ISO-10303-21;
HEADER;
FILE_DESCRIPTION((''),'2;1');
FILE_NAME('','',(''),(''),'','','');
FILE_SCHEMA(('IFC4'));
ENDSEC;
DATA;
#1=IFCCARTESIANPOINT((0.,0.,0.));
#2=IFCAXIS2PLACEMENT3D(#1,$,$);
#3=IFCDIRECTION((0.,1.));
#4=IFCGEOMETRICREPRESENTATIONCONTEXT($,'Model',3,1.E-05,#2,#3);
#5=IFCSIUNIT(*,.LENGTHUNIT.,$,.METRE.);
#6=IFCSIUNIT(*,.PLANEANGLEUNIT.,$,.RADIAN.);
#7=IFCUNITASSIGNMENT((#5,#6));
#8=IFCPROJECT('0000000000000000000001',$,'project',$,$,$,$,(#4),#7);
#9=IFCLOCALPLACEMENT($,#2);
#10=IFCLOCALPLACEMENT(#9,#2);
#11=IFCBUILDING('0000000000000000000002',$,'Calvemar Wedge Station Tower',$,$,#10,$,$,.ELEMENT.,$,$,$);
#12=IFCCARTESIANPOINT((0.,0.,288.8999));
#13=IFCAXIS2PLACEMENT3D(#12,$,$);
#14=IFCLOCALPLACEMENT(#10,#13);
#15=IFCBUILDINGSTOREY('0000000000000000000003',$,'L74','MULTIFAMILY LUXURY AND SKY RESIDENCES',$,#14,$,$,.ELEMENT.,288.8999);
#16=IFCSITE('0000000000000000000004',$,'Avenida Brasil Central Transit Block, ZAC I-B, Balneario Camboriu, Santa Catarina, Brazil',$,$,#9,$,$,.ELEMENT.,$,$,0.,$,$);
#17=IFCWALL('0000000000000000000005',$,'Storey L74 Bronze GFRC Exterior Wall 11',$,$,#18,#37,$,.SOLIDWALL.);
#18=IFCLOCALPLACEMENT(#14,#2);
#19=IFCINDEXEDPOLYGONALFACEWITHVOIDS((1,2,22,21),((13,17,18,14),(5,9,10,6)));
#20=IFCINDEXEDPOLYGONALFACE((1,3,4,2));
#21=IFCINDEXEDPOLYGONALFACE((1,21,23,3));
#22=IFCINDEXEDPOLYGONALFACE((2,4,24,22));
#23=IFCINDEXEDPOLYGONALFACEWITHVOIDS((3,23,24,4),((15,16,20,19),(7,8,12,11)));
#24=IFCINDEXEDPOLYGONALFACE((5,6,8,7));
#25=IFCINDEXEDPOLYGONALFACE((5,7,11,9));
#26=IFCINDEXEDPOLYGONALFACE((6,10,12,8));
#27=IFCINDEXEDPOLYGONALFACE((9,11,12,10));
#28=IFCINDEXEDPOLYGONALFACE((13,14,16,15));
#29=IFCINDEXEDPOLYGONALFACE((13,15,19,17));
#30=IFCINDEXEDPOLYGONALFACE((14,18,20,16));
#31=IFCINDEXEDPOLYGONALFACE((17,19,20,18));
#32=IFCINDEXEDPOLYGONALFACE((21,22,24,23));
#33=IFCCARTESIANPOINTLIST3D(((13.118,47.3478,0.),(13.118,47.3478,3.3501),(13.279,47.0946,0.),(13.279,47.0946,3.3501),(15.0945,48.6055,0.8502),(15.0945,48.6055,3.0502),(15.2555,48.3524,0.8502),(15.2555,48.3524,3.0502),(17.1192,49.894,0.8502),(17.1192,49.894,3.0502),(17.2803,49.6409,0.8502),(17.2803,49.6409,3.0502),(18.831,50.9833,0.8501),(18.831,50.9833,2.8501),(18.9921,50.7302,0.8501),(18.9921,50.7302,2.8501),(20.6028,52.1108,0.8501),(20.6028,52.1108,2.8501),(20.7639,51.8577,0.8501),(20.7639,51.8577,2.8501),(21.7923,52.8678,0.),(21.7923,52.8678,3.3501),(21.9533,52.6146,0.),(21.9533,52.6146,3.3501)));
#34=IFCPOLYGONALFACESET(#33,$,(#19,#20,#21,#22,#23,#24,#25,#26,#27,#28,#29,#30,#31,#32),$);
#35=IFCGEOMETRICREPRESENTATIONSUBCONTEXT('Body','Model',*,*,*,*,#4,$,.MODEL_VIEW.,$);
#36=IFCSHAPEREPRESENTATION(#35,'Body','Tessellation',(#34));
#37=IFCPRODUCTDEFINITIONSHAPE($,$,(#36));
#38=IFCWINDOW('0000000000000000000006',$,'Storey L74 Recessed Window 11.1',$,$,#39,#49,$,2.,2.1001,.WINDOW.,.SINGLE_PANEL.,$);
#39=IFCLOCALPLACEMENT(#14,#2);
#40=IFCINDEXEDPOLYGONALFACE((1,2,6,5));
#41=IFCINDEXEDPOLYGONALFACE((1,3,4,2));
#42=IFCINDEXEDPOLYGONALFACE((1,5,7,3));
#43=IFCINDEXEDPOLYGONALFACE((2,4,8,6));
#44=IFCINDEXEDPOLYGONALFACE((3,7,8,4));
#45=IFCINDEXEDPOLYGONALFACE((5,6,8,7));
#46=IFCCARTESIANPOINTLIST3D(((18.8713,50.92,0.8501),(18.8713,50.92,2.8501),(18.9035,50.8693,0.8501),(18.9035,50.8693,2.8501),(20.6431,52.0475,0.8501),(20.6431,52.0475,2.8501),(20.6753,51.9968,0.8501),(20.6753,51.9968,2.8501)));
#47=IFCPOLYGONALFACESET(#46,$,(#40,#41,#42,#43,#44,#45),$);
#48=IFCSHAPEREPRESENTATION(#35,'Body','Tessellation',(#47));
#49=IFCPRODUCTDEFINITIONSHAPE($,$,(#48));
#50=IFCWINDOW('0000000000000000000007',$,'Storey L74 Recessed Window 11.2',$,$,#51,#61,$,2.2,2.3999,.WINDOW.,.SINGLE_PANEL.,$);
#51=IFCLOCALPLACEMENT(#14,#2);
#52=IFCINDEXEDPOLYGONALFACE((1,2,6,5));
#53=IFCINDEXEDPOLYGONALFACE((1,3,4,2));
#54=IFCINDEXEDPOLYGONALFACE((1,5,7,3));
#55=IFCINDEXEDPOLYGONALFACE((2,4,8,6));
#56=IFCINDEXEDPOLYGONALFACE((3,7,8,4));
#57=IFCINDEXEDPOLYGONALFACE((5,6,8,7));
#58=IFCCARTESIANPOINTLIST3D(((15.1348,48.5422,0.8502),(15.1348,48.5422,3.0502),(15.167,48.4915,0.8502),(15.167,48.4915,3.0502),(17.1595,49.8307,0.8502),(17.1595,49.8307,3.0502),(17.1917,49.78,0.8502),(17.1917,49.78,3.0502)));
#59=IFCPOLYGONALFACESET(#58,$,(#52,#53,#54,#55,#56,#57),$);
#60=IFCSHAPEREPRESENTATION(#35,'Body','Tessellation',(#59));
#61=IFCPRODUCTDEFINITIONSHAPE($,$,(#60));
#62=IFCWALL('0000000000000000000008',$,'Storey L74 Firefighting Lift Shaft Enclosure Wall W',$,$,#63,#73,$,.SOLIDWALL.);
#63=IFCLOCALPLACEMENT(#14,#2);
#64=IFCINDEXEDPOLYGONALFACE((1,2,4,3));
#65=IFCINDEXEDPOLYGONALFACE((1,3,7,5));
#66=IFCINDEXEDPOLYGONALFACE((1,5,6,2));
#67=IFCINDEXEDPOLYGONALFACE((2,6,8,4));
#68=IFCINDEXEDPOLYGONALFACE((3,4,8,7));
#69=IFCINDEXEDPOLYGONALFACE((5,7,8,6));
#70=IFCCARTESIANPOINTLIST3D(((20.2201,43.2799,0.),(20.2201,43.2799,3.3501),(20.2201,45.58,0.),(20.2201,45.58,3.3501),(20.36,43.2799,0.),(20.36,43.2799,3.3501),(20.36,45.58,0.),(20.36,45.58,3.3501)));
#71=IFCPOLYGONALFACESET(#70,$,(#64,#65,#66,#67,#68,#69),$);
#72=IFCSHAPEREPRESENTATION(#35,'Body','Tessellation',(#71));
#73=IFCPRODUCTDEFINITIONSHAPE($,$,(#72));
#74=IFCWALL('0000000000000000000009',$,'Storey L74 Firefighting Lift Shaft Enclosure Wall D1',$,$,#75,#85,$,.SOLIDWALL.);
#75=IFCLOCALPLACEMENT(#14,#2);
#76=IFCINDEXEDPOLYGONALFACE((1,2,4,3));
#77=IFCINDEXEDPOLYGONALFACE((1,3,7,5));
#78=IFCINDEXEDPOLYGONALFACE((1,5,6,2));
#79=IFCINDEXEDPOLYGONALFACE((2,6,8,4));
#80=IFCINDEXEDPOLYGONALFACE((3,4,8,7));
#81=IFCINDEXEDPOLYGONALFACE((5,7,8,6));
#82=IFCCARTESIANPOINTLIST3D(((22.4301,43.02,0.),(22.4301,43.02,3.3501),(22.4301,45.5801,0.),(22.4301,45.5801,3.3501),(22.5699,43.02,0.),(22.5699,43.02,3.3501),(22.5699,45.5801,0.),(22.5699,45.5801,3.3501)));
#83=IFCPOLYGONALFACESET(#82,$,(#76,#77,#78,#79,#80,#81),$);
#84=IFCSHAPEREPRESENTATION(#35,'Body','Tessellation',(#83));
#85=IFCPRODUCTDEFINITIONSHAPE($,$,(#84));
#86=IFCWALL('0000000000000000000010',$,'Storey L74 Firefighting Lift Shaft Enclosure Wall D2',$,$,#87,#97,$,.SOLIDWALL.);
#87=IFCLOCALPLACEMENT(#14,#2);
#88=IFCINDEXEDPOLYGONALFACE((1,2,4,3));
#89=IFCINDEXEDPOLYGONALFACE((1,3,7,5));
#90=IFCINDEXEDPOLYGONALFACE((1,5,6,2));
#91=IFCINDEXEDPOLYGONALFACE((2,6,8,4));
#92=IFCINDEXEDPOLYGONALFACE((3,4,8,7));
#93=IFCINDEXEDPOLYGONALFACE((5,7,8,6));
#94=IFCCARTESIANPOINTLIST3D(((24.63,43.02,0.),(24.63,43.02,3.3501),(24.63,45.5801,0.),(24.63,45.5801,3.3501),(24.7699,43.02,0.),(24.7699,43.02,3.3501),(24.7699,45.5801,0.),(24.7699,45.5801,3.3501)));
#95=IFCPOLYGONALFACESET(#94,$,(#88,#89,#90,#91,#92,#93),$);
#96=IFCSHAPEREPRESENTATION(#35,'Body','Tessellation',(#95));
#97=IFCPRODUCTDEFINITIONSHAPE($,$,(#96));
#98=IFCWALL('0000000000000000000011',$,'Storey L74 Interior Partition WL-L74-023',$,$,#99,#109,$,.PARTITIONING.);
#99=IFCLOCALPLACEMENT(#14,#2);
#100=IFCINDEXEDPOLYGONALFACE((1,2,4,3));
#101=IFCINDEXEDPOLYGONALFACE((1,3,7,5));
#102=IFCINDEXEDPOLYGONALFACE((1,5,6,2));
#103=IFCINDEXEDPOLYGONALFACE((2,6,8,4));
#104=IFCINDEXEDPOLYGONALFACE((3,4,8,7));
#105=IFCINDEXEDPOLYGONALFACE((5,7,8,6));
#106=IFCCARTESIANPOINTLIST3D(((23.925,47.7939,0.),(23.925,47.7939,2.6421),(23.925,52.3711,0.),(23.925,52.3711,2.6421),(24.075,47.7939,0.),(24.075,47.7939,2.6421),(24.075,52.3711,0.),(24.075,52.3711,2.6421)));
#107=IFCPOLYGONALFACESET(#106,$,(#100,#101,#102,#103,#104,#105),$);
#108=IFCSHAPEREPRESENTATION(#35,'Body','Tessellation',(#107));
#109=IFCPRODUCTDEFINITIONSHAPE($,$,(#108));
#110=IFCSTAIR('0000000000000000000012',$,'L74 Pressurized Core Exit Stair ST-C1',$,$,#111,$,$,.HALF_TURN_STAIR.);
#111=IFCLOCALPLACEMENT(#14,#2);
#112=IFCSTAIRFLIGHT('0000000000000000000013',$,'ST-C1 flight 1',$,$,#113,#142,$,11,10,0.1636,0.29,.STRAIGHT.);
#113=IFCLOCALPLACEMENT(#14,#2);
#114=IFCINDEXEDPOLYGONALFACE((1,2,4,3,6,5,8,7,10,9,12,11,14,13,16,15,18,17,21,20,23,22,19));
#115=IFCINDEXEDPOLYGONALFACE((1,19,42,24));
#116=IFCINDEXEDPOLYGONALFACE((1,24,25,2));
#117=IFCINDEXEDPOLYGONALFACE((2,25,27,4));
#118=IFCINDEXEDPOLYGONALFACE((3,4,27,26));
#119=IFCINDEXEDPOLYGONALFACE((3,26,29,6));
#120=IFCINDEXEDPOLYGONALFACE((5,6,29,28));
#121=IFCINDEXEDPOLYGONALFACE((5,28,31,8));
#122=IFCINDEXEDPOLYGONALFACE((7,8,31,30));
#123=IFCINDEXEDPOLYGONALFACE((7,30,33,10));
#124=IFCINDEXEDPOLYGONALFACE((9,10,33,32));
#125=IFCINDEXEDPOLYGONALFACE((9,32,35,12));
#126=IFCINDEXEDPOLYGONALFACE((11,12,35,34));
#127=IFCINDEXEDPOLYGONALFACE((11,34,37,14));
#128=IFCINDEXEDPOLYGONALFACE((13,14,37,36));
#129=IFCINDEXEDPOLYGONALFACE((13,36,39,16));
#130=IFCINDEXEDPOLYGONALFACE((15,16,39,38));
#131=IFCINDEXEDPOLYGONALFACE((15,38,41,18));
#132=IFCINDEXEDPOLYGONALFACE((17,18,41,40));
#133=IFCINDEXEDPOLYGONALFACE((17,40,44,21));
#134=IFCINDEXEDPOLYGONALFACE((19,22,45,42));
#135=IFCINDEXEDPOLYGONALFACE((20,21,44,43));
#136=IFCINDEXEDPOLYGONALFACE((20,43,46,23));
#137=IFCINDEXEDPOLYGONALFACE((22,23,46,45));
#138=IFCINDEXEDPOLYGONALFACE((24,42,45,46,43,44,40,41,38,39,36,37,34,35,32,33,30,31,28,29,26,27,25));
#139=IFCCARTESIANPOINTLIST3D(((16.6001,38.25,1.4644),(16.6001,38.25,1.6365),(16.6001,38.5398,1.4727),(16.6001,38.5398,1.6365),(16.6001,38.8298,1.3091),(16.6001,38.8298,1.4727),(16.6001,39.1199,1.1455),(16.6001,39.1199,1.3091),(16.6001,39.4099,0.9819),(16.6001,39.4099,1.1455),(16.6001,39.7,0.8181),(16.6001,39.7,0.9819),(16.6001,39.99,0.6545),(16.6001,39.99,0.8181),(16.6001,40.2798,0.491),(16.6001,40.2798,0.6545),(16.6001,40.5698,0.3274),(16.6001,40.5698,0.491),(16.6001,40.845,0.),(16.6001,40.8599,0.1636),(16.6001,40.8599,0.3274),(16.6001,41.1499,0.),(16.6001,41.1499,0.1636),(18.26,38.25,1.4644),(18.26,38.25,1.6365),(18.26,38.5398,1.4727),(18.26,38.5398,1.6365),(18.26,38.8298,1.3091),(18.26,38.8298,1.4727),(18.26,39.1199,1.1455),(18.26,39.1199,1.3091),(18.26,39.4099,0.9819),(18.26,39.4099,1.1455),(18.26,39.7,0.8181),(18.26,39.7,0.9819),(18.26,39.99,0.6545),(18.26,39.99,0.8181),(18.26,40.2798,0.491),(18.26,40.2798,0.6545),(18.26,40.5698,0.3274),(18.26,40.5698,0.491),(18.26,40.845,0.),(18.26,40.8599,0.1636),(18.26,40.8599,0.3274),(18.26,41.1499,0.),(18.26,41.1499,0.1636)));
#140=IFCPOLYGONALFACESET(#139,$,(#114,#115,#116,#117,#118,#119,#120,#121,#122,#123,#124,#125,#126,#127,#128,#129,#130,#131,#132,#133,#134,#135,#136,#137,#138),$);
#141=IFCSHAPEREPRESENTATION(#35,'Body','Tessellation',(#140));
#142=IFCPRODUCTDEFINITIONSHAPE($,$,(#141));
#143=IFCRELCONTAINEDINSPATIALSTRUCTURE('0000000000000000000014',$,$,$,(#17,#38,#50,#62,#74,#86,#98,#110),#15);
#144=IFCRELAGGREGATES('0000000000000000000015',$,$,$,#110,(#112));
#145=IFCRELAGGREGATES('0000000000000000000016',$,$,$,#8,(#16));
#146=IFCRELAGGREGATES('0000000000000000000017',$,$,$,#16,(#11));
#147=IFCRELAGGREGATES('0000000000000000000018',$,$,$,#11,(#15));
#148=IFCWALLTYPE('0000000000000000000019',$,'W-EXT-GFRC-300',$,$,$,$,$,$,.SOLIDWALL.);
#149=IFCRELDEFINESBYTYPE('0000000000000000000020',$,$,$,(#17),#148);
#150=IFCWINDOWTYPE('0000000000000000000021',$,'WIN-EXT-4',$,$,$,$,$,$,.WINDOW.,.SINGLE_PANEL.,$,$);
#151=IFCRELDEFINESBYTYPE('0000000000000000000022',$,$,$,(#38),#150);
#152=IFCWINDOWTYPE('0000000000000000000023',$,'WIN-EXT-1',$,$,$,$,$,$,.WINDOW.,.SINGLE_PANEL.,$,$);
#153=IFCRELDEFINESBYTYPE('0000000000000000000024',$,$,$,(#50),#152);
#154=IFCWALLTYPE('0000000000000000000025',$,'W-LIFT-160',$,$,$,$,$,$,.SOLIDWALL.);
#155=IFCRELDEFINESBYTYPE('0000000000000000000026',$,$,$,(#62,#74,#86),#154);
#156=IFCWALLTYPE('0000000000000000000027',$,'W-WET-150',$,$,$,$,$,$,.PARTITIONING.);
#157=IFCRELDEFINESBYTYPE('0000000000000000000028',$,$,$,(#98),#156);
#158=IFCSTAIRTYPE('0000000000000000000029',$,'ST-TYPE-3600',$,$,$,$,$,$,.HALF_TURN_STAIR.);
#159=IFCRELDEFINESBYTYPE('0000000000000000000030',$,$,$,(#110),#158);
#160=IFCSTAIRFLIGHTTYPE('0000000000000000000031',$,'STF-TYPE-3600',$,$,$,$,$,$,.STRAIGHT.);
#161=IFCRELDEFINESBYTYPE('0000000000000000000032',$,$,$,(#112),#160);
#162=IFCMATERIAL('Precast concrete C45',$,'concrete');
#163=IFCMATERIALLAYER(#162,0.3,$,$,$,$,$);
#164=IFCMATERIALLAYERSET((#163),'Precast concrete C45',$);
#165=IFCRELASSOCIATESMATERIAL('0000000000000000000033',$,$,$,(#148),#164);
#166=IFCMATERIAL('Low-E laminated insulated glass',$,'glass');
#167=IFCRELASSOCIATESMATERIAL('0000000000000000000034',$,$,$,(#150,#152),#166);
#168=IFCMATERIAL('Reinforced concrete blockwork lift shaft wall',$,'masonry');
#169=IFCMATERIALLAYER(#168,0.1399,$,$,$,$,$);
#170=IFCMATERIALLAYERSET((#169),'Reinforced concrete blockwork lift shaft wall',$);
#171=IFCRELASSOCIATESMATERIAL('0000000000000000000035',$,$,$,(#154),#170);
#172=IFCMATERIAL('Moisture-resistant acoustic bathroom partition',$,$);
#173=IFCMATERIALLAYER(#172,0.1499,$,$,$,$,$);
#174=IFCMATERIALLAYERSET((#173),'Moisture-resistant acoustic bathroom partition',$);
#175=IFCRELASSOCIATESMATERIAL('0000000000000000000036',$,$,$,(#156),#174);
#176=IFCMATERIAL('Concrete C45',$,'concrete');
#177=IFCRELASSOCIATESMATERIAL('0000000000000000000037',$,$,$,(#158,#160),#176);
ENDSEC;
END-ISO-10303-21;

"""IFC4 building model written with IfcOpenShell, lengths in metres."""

from ifc_helpers import new_model, si_unit, direction, frame, frame_2d, origin, place, context, subcontext, project, spatial, polyline, rectangle, outline, extrude, source, transform, mapped, material, layer, layer_set, type_object, element, fill, aggregate, save


model = new_model("IFC4")

# Units and contexts
model_context = context("Model", 3, precision=1e-05, world=origin(), true_north=direction((0.0, 1.0)))
body_context = subcontext(model_context, "Body", "Model", "MODEL_VIEW")
ifc_project = project(units=[si_unit("LENGTHUNIT", "METRE"), si_unit("PLANEANGLEUNIT", "RADIAN")], contexts=[model_context])

# Site, building, storey
site_placement = place(None, origin())
site = spatial("IfcSite", under=ifc_project, at=site_placement, Name="Avenida Brasil Central Transit Block, ZAC I-B, Balneario Camboriu, Santa Catarina, Brazil", CompositionType="ELEMENT", RefElevation=0.0)
building_placement = place(site_placement, origin())
building = spatial("IfcBuilding", under=site, at=building_placement, Name="Calvemar Wedge Station Tower", CompositionType="ELEMENT")
storey_placement = place(building_placement, frame((0.0, 0.0, 288.8999)))
storey = spatial("IfcBuildingStorey", under=building, at=storey_placement, Name="L74", Description="MULTIFAMILY LUXURY AND SKY RESIDENCES", CompositionType="ELEMENT", Elevation=288.8999)

# Shared definitions
ifc_material_1 = material(Name="Precast concrete C45", Category="concrete")
ifc_layer_1 = layer(ifc_material_1, 0.3)
ifc_layer_set_1 = layer_set([ifc_layer_1], Name="Precast concrete C45")
wall_type_1 = type_object("IfcWallType", Name="W-EXT-GFRC-300", PredefinedType="SOLIDWALL", material=ifc_layer_set_1)

# Wall, openings, windows
wall_1_placement = place(storey_placement, frame((21.8728, 52.7412, 0.0), z_axis=(0.0, 0.0, 1.0), x_axis=(-0.843661, -0.536875, 0.0)))
wall_1 = element("IfcWall", 1, at=wall_1_placement, inside=storey, type_object=wall_type_1, Name="Storey L74 Bronze GFRC Exterior Wall 11", PredefinedType="SOLIDWALL", context=body_context, shape_type="SweptSolid", body=[
    extrude(rectangle(XDim=10.2817, YDim=0.3, at=frame_2d((5.1409, 0.0))), origin(), (0.0, 0.0, 1.0), 3.3501),
])
shared_shape_1 = source(origin(), body_context, "Body", "SweptSolid", [
    extrude(rectangle(XDim=2.1001, YDim=2.0, at=frame_2d((1.05, 1.0))), frame((0.0, 0.1602, 0.0), z_axis=(0.0, -1.0, 0.0), x_axis=(1.0, 0.0, 0.0)), (0.0, 0.0, 1.0), 0.3201),
])
opening_1_placement = place(wall_1_placement, frame((1.4099, 0.0, 0.8501)))
opening_1 = element("IfcOpeningElement", 2, at=opening_1_placement, cuts=wall_1, PredefinedType="OPENING", context=body_context, shape_type="MappedRepresentation", body=[
    mapped(shared_shape_1, transform((0.0, 0.0, 0.0), scale=1.0)),
])
shared_shape_2 = source(origin(), body_context, "Body", "SweptSolid", [
    extrude(rectangle(XDim=2.3999, YDim=2.2, at=frame_2d((1.2, 1.1001))), frame((0.0, 0.1602, 0.0), z_axis=(0.0, -1.0, 0.0), x_axis=(1.0, 0.0, 0.0)), (0.0, 0.0, 1.0), 0.3201),
])
opening_2_placement = place(wall_1_placement, frame((5.5391, 0.0, 0.8501)))
opening_2 = element("IfcOpeningElement", 3, at=opening_2_placement, cuts=wall_1, PredefinedType="OPENING", context=body_context, shape_type="MappedRepresentation", body=[
    mapped(shared_shape_2, transform((0.0, 0.0, 0.0), scale=1.0)),
])
ifc_material_2 = material(Name="Low-E laminated insulated glass", Category="glass")
window_type_1 = type_object("IfcWindowType", Name="WIN-EXT-4", PartitioningType="SINGLE_PANEL", PredefinedType="WINDOW", material=ifc_material_2)
shared_shape_3 = source(origin(), body_context, "Body", "SweptSolid", [
    extrude(rectangle(XDim=2.1001, YDim=2.0, at=frame_2d((1.05, 1.0))), frame((0.0, -0.0149, 0.0), z_axis=(0.0, -1.0, 0.0), x_axis=(1.0, 0.0, 0.0)), (0.0, 0.0, 1.0), 0.0601),
])
window_1_placement = place(opening_1_placement, origin())
window_1 = element("IfcWindow", 4, at=window_1_placement, inside=storey, type_object=window_type_1, Name="Storey L74 Recessed Window 11.1", OverallHeight=2.0, OverallWidth=2.1001, PartitioningType="SINGLE_PANEL", PredefinedType="WINDOW", context=body_context, shape_type="MappedRepresentation", body=[
    mapped(shared_shape_3, transform((0.0, 0.0, 0.0), scale=1.0)),
])
fill(opening_1, window_1)
window_type_2 = type_object("IfcWindowType", Name="WIN-EXT-1", PartitioningType="SINGLE_PANEL", PredefinedType="WINDOW", material=ifc_material_2)
shared_shape_4 = source(origin(), body_context, "Body", "SweptSolid", [
    extrude(rectangle(XDim=2.3999, YDim=2.2, at=frame_2d((1.2, 1.1001))), frame((0.0, -0.0149, 0.0), z_axis=(0.0, -1.0, 0.0), x_axis=(1.0, 0.0, 0.0)), (0.0, 0.0, 1.0), 0.0601),
])
window_2_placement = place(opening_2_placement, origin())
window_2 = element("IfcWindow", 5, at=window_2_placement, inside=storey, type_object=window_type_2, Name="Storey L74 Recessed Window 11.2", OverallHeight=2.2, OverallWidth=2.3999, PartitioningType="SINGLE_PANEL", PredefinedType="WINDOW", context=body_context, shape_type="MappedRepresentation", body=[
    mapped(shared_shape_4, transform((0.0, 0.0, 0.0), scale=1.0)),
])
fill(opening_2, window_2)

# Shared definitions
ifc_material_3 = material(Name="Reinforced concrete blockwork lift shaft wall", Category="masonry")
ifc_layer_2 = layer(ifc_material_3, 0.1399)
ifc_layer_set_2 = layer_set([ifc_layer_2], Name="Reinforced concrete blockwork lift shaft wall")
wall_type_2 = type_object("IfcWallType", Name="W-LIFT-160", PredefinedType="SOLIDWALL", material=ifc_layer_set_2)

# Walls
wall_2_placement = place(storey_placement, frame((20.29, 43.28, 0.0), z_axis=(0.0, 0.0, 1.0), x_axis=(0.0, 1.0, 0.0)))
element("IfcWall", 6, at=wall_2_placement, inside=storey, type_object=wall_type_2, Name="Storey L74 Firefighting Lift Shaft Enclosure Wall W", PredefinedType="SOLIDWALL", context=body_context, shape_type="SweptSolid", body=[
    extrude(rectangle(XDim=2.3, YDim=0.1399, at=frame_2d((1.1499, 0.0))), origin(), (0.0, 0.0, 1.0), 3.3501),
])
for number, where, z_axis, x_axis, name in (
    (7, (22.5, 43.02, 0.0), (0.0, 0.0, 1.0), (0.0, 1.0, 0.0), "Storey L74 Firefighting Lift Shaft Enclosure Wall D1"),
    (8, (24.7, 43.02, 0.0), (0.0, 0.0, 1.0), (0.0, 1.0, 0.0), "Storey L74 Firefighting Lift Shaft Enclosure Wall D2"),
):
    element("IfcWall", number, at=place(storey_placement, frame(where, z_axis=z_axis, x_axis=x_axis)), inside=storey, type_object=wall_type_2, Name=name, PredefinedType="SOLIDWALL", context=body_context, shape_type="SweptSolid", body=[
        extrude(rectangle(XDim=2.5601, YDim=0.1399, at=frame_2d((1.28, 0.0))), origin(), (0.0, 0.0, 1.0), 3.3501),
    ])
ifc_material_4 = material(Name="Moisture-resistant acoustic bathroom partition")
ifc_layer_3 = layer(ifc_material_4, 0.1499)
ifc_layer_set_3 = layer_set([ifc_layer_3], Name="Moisture-resistant acoustic bathroom partition")
wall_type_3 = type_object("IfcWallType", Name="W-WET-150", PredefinedType="PARTITIONING", material=ifc_layer_set_3)
wall_3_placement = place(storey_placement, frame((24.0, 52.3711, 0.0), z_axis=(0.0, 0.0, 1.0), x_axis=(0.0, -1.0, 0.0)))
element("IfcWall", 9, at=wall_3_placement, inside=storey, type_object=wall_type_3, Name="Storey L74 Interior Partition WL-L74-023", PredefinedType="PARTITIONING", context=body_context, shape_type="SweptSolid", body=[
    extrude(rectangle(XDim=4.5771, YDim=0.1499, at=frame_2d((2.2886, 0.0))), origin(), (0.0, 0.0, 1.0), 2.6421),
])

# Stair, stair flight
ifc_material_5 = material(Name="Concrete C45", Category="concrete")
stair_type = type_object("IfcStairType", Name="ST-TYPE-3600", PredefinedType="HALF_TURN_STAIR", material=ifc_material_5)
stair_placement = place(storey_placement, origin())
stair = element("IfcStair", 10, at=stair_placement, inside=storey, type_object=stair_type, Name="L74 Pressurized Core Exit Stair ST-C1", PredefinedType="HALF_TURN_STAIR")
stair_flight_type = type_object("IfcStairFlightType", Name="STF-TYPE-3600", PredefinedType="STRAIGHT", material=ifc_material_5)
stair_flight_placement = place(storey_placement, frame((17.4299, 41.1499, 0.0), z_axis=(0.0, 0.0, 1.0), x_axis=(0.0, -1.0, 0.0)))
stair_flight = element("IfcStairFlight", 11, at=stair_flight_placement, type_object=stair_flight_type, Name="ST-C1 flight 1", NumberOfRisers=11, NumberOfTreads=10, PredefinedType="STRAIGHT", RiserHeight=0.1636, TreadLength=0.29, context=body_context, shape_type="SweptSolid", body=[
    extrude(outline(polyline([(0.0, 0.0), (0.0, 0.1636), (0.29, 0.1636), (0.29, 0.3274), (0.5801, 0.3274), (0.5801, 0.491), (0.8701, 0.491), (0.8701, 0.6545), (1.1599, 0.6545), (1.1599, 0.8181), (1.45, 0.8181), (1.45, 0.9819), (1.74, 0.9819), (1.74, 1.1455), (2.03, 1.1455), (2.03, 1.3091), (2.3201, 1.3091), (2.3201, 1.4727), (2.6101, 1.4727), (2.6101, 1.6365), (2.8999, 1.6365), (2.8999, 1.8), (2.8999, 1.4644), (0.3049, 0.0), (0.0, 0.0)])), frame((0.0, 0.8301, 0.0), z_axis=(0.0, -1.0, 0.0), x_axis=(1.0, 0.0, 0.0)), (0.0, 0.0, 1.0), 1.6599),
])
aggregate(stair, [stair_flight])

save(model, "model.ifc")
